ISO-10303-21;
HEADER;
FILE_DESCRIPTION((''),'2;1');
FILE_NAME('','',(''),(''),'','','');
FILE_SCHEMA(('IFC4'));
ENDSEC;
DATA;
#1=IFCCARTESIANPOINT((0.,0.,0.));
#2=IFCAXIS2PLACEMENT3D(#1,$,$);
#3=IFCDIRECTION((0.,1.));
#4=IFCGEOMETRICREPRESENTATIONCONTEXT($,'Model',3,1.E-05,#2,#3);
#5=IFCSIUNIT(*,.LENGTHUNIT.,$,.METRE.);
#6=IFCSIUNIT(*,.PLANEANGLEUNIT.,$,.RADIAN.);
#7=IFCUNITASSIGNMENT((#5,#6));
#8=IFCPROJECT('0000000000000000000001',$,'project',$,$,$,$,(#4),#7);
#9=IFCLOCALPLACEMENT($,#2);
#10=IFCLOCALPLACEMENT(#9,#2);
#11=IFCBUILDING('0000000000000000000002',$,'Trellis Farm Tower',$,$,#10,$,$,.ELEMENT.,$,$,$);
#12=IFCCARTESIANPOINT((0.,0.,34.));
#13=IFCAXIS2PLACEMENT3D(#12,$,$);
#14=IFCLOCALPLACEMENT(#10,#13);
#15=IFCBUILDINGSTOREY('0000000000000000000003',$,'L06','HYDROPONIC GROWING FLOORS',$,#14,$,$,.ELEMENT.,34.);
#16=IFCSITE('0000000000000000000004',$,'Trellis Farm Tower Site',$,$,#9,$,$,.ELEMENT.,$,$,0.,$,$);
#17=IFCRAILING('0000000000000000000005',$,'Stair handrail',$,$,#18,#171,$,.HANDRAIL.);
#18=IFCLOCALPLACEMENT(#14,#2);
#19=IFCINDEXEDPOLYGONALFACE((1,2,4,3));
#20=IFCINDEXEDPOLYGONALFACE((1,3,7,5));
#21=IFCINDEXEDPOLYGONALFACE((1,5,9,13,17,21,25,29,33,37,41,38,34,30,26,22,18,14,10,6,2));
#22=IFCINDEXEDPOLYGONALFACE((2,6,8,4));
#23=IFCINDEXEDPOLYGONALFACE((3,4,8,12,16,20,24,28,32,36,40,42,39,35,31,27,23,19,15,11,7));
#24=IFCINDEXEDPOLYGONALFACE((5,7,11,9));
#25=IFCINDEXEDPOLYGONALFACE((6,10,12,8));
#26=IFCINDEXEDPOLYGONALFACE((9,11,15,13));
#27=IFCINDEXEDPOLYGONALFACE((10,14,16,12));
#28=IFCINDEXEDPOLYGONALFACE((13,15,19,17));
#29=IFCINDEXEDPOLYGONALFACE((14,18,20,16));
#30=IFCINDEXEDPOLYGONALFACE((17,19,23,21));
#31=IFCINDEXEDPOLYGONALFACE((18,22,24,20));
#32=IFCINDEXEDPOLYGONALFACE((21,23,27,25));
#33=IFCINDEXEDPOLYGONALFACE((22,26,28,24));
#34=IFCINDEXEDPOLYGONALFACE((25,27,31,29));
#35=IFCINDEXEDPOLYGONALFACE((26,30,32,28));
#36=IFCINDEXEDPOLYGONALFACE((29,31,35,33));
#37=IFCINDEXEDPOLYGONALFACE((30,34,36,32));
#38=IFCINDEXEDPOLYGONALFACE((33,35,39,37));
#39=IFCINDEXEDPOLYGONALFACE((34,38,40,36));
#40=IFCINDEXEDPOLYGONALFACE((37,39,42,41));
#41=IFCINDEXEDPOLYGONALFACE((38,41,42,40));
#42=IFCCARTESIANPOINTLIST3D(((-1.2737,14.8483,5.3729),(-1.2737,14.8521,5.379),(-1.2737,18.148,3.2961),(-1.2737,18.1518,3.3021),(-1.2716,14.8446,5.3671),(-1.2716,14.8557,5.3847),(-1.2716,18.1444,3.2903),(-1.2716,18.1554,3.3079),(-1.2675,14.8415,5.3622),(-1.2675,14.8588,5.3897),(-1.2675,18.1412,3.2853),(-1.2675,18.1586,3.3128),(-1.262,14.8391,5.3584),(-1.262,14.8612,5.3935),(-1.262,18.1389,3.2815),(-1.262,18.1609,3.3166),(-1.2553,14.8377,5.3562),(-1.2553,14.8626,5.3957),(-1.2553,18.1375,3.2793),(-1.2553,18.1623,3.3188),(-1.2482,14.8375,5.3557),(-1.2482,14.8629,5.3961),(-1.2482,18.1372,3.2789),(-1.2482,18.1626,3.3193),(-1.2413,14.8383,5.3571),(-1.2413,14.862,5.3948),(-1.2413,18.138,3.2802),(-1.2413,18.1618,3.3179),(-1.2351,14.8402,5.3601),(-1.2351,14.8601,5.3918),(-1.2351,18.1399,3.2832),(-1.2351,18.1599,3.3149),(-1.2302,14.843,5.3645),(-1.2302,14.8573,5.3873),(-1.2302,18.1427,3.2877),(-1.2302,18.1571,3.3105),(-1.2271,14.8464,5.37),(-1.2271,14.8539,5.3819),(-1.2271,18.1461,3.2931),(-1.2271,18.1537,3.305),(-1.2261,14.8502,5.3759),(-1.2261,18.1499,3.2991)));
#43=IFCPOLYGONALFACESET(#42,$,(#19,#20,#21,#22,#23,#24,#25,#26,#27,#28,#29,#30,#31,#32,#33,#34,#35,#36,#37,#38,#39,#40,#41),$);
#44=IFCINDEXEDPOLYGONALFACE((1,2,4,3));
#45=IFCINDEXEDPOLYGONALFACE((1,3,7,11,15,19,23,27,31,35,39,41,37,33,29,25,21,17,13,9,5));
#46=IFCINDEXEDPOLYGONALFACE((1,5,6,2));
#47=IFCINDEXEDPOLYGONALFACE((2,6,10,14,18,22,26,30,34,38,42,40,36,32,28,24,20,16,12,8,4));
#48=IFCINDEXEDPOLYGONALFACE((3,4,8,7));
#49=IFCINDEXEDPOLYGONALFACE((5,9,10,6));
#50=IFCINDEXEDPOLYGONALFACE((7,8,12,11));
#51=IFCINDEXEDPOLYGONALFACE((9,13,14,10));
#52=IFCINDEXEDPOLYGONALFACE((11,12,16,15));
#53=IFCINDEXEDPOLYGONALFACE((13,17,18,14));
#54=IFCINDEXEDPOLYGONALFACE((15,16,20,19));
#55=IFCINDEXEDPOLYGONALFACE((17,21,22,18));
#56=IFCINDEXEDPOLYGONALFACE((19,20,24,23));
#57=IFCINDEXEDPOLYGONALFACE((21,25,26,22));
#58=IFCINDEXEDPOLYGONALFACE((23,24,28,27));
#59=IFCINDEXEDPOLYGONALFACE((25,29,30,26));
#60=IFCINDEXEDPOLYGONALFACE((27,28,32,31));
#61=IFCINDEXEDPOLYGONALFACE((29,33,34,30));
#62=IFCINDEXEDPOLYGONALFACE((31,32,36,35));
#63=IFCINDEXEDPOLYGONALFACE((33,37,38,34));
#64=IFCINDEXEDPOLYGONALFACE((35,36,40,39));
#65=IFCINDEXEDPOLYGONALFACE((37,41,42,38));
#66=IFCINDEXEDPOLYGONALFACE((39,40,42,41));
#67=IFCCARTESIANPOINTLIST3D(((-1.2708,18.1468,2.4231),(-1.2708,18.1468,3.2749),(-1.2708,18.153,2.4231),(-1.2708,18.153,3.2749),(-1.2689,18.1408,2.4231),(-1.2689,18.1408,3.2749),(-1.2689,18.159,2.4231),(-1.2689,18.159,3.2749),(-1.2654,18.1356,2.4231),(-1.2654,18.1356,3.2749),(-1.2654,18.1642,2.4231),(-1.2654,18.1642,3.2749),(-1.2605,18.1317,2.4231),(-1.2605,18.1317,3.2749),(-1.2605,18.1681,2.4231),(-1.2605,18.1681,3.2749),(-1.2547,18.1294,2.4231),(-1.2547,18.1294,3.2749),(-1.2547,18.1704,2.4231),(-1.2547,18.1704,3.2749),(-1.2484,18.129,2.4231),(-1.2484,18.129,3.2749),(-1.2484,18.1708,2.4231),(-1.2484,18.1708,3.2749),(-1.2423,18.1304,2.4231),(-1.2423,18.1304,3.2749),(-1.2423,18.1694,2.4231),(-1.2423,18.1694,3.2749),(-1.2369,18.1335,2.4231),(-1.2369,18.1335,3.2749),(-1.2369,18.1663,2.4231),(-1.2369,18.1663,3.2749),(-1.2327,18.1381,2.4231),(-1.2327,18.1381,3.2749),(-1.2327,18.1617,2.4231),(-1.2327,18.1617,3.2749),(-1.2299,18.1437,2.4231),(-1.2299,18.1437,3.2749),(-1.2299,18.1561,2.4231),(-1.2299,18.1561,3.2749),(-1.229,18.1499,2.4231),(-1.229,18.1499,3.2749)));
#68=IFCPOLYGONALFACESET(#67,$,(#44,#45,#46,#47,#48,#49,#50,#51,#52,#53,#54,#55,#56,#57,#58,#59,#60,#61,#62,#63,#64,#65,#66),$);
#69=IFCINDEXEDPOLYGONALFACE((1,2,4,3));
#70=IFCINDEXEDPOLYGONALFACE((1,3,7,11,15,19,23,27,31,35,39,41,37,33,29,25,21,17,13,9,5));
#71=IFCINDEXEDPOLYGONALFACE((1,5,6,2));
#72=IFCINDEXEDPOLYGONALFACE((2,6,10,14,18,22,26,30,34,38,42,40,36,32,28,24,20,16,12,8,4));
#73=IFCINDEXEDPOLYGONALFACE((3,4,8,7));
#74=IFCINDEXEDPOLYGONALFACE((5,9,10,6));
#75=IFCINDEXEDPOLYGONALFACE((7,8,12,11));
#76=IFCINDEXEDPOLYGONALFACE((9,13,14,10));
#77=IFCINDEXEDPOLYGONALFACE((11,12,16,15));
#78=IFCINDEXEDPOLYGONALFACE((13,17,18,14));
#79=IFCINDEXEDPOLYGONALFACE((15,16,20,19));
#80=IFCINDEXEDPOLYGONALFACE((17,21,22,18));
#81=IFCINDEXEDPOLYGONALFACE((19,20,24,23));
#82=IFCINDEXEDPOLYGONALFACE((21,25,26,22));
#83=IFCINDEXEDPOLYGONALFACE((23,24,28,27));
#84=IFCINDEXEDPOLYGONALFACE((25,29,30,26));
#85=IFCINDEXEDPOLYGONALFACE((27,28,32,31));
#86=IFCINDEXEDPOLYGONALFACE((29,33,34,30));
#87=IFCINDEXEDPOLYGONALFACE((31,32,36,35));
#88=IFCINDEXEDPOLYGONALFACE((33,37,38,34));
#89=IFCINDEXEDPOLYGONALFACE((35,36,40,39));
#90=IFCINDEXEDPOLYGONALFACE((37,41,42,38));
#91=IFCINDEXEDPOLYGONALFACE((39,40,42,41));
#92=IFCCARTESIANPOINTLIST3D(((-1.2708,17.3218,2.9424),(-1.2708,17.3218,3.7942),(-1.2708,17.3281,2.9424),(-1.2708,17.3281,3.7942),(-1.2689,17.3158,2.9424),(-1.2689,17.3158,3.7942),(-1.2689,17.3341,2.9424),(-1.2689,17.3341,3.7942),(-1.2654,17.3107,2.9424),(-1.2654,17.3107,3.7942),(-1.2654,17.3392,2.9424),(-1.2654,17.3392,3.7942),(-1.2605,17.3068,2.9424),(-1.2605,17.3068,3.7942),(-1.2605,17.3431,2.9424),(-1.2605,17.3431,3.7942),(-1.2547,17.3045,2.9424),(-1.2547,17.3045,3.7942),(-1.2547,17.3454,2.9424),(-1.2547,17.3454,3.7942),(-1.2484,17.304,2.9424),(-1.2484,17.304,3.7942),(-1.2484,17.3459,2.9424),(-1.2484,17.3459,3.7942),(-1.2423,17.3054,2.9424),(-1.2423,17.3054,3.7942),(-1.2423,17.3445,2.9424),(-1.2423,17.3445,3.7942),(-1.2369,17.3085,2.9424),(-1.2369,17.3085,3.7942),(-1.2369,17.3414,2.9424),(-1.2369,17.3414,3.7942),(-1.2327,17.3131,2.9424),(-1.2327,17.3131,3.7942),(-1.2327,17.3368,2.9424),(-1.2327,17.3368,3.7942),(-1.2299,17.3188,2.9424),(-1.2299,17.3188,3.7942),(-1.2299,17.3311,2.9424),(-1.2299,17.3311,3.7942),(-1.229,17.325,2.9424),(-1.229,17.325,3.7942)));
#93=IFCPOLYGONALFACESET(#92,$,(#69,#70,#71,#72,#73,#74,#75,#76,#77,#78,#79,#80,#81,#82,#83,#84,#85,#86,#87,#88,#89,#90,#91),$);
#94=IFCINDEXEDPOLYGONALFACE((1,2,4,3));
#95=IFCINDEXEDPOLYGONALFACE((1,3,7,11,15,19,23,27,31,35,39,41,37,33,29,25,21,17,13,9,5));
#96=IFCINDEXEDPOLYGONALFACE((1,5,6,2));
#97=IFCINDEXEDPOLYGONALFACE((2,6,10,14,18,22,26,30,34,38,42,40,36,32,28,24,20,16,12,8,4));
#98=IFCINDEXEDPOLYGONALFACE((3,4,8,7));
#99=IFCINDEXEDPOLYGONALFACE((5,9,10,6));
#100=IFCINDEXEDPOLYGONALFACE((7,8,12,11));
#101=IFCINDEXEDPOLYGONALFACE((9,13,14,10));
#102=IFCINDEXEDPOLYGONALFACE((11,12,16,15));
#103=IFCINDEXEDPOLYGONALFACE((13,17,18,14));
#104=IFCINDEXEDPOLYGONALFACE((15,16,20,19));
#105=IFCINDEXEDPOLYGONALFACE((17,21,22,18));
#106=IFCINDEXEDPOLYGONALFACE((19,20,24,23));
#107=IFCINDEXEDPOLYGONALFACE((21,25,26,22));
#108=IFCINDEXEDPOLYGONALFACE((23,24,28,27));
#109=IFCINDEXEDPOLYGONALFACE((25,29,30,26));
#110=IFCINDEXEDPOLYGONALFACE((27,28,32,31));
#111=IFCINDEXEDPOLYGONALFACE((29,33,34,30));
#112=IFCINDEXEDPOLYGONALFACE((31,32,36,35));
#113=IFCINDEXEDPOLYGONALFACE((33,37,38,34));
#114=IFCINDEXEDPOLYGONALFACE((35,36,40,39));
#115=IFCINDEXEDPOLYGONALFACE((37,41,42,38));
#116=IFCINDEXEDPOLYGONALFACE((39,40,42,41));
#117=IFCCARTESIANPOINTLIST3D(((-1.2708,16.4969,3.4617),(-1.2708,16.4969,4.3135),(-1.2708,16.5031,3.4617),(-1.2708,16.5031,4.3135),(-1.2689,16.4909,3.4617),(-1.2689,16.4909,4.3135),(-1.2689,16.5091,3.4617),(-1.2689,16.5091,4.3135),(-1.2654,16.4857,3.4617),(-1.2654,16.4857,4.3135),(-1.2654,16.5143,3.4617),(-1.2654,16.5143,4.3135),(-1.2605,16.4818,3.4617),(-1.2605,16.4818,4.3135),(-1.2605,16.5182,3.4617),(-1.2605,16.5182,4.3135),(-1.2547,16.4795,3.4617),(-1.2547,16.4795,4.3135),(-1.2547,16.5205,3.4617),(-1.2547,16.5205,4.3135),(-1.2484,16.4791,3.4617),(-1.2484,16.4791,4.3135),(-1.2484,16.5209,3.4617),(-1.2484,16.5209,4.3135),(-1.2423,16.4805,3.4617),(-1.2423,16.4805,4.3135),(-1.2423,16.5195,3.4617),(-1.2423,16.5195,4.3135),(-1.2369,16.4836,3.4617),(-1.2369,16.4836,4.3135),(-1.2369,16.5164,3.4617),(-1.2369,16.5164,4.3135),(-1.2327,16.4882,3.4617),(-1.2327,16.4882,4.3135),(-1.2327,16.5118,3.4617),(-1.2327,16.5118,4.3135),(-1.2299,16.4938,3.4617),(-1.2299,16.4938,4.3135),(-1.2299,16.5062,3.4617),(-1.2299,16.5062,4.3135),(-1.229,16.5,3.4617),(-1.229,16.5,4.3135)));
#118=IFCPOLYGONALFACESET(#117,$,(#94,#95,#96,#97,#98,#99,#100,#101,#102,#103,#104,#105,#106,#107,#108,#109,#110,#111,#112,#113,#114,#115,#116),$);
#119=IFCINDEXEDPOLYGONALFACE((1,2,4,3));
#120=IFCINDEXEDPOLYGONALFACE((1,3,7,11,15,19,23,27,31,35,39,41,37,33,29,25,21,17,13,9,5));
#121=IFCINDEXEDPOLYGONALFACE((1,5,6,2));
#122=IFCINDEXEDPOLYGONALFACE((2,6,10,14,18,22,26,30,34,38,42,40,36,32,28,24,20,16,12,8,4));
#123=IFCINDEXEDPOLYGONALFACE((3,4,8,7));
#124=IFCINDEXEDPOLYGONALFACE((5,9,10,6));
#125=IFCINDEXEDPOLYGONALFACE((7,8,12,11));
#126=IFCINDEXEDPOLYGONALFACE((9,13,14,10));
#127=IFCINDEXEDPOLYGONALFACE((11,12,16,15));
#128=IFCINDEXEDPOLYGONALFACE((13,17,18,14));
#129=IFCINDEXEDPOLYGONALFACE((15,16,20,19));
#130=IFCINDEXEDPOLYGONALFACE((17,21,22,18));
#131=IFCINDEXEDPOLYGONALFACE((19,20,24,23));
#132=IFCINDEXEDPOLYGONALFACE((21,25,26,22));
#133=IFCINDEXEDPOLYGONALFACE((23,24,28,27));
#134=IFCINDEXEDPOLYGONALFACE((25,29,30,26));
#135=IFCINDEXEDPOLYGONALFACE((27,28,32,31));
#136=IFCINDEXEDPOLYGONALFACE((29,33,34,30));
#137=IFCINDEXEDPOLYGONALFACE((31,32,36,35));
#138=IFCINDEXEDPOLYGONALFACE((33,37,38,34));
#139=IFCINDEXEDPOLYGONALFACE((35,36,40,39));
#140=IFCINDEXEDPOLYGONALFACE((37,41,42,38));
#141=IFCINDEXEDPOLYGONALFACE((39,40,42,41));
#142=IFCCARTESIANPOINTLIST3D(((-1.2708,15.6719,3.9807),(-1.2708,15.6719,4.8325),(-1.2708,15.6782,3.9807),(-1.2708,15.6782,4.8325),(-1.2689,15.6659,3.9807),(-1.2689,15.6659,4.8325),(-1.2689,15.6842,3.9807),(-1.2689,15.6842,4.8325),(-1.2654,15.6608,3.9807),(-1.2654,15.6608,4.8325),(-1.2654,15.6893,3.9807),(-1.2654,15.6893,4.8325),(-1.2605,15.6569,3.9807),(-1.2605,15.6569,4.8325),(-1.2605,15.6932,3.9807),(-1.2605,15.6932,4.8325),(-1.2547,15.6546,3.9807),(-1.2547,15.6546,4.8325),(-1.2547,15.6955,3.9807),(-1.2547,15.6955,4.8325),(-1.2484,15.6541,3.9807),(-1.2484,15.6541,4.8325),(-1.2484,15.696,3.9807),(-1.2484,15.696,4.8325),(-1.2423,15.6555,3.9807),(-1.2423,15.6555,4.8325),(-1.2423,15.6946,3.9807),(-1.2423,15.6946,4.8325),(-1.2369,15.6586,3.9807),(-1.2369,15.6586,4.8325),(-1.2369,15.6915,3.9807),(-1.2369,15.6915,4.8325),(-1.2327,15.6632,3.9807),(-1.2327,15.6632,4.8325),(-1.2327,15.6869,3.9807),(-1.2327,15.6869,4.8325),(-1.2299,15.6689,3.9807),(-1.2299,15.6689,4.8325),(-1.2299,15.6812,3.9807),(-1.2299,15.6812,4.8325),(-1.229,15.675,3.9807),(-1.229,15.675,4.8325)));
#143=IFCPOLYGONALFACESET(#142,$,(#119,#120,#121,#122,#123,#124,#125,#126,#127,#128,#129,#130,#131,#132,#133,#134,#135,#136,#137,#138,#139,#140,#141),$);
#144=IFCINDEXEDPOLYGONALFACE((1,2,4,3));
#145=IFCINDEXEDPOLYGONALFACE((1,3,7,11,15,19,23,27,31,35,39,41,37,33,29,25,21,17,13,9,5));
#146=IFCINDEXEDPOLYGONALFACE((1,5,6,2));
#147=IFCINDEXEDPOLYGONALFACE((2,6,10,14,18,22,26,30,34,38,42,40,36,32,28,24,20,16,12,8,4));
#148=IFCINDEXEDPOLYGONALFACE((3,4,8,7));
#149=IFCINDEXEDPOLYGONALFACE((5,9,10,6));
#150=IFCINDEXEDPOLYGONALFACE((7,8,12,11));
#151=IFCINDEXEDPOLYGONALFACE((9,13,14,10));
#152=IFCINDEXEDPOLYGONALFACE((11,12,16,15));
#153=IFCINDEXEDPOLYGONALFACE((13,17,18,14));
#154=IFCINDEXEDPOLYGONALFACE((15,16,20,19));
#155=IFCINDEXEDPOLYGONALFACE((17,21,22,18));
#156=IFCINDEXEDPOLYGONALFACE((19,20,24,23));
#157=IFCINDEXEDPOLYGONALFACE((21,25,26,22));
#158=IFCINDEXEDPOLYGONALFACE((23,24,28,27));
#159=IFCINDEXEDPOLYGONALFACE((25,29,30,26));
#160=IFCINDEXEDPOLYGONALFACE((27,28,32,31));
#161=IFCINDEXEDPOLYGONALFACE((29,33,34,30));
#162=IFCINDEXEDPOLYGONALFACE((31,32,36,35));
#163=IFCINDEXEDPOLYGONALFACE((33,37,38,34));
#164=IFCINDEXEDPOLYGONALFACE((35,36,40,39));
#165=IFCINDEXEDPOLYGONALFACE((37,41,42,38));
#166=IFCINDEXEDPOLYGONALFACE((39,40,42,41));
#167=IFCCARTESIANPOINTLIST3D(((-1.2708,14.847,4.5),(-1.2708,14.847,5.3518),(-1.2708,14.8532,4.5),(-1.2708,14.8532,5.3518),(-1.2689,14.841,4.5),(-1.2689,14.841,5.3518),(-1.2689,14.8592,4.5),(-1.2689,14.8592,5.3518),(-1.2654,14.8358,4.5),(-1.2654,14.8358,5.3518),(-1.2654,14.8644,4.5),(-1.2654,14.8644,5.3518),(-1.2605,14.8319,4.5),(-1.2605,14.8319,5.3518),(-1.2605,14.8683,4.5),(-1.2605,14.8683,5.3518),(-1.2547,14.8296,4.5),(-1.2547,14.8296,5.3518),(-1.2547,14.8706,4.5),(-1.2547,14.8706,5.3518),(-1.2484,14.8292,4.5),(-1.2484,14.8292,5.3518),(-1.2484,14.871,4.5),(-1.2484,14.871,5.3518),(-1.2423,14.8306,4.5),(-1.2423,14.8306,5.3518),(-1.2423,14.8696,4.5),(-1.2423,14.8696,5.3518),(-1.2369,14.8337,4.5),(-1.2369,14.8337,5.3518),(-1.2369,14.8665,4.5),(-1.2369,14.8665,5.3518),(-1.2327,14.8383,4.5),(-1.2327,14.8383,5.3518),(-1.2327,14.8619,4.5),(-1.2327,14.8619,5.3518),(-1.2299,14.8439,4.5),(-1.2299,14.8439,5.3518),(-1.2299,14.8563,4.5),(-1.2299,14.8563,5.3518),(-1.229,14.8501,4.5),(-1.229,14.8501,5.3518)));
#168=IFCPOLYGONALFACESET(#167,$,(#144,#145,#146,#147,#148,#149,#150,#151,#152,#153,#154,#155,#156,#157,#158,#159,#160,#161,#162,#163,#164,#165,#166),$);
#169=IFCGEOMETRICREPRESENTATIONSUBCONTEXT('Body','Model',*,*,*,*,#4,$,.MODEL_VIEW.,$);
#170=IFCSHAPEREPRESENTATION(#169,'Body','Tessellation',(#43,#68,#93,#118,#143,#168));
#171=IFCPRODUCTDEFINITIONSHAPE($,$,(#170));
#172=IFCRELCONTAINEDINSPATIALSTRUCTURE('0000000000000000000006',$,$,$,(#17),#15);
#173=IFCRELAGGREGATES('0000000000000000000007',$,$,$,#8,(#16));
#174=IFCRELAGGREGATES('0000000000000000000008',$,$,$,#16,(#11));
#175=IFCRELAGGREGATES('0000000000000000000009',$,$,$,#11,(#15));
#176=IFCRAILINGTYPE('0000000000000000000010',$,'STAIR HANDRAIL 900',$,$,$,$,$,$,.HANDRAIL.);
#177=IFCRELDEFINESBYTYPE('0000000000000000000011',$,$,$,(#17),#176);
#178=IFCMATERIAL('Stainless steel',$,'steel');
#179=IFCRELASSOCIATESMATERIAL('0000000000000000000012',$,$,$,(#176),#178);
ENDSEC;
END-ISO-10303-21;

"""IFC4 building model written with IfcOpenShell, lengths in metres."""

from ifc_helpers import new_model, si_unit, direction, frame, origin, origin_2d, place, context, subcontext, project, spatial, circle, extrude, source, transform, mapped, material, type_object, element, save


model = new_model("IFC4")

# Units and contexts
model_context = context("Model", 3, precision=1e-05, world=origin(), true_north=direction((0.0, 1.0)))
body_context = subcontext(model_context, "Body", "Model", "MODEL_VIEW")
ifc_project = project(units=[si_unit("LENGTHUNIT", "METRE"), si_unit("PLANEANGLEUNIT", "RADIAN")], contexts=[model_context])

# Site, building, storey
site_placement = place(None, origin())
site = spatial("IfcSite", under=ifc_project, at=site_placement, Name="Trellis Farm Tower Site", CompositionType="ELEMENT", RefElevation=0.0)
building_placement = place(site_placement, origin())
building = spatial("IfcBuilding", under=site, at=building_placement, Name="Trellis Farm Tower", CompositionType="ELEMENT")
storey_placement = place(building_placement, frame((0.0, 0.0, 34.0)))
storey = spatial("IfcBuildingStorey", under=building, at=storey_placement, Name="L06", Description="HYDROPONIC GROWING FLOORS", CompositionType="ELEMENT", Elevation=34.0)

# Railing
ifc_material_1 = material(Name="Stainless steel", Category="steel")
railing_type = type_object("IfcRailingType", Name="STAIR HANDRAIL 900", PredefinedType="HANDRAIL", material=ifc_material_1)
shared_shape_1 = source(origin(), body_context, "Body", "SweptSolid", [
    extrude(circle(Radius=0.0239, at=origin_2d()), frame((0.0, 0.0, 0.876), z_axis=(0.0, -0.84632, 0.532675), x_axis=(1.0, 0.0, 0.0)), (0.0, 0.0, 1.0), 3.8989),
    extrude(circle(Radius=0.021, at=origin_2d()), origin(), (0.0, 0.0, 1.0), 0.8518),
    extrude(circle(Radius=0.021, at=origin_2d()), frame((0.0, -0.825, 0.5193)), (0.0, 0.0, 1.0), 0.8518),
    extrude(circle(Radius=0.021, at=origin_2d()), frame((0.0, -1.6499, 1.0386)), (0.0, 0.0, 1.0), 0.8518),
    extrude(circle(Radius=0.021, at=origin_2d()), frame((0.0, -2.4749, 1.5576)), (0.0, 0.0, 1.0), 0.8518),
    extrude(circle(Radius=0.021, at=origin_2d()), frame((0.0, -3.2998, 2.0769)), (0.0, 0.0, 1.0), 0.8518),
])
railing_placement = place(storey_placement, frame((-1.25, 18.1499, 2.4231)))
element("IfcRailing", 1, at=railing_placement, inside=storey, type_object=railing_type, Name="Stair handrail", PredefinedType="HANDRAIL", context=body_context, shape_type="MappedRepresentation", body=[
    mapped(shared_shape_1, transform((0.0, 0.0, 0.0))),
])

save(model, "model.ifc")
